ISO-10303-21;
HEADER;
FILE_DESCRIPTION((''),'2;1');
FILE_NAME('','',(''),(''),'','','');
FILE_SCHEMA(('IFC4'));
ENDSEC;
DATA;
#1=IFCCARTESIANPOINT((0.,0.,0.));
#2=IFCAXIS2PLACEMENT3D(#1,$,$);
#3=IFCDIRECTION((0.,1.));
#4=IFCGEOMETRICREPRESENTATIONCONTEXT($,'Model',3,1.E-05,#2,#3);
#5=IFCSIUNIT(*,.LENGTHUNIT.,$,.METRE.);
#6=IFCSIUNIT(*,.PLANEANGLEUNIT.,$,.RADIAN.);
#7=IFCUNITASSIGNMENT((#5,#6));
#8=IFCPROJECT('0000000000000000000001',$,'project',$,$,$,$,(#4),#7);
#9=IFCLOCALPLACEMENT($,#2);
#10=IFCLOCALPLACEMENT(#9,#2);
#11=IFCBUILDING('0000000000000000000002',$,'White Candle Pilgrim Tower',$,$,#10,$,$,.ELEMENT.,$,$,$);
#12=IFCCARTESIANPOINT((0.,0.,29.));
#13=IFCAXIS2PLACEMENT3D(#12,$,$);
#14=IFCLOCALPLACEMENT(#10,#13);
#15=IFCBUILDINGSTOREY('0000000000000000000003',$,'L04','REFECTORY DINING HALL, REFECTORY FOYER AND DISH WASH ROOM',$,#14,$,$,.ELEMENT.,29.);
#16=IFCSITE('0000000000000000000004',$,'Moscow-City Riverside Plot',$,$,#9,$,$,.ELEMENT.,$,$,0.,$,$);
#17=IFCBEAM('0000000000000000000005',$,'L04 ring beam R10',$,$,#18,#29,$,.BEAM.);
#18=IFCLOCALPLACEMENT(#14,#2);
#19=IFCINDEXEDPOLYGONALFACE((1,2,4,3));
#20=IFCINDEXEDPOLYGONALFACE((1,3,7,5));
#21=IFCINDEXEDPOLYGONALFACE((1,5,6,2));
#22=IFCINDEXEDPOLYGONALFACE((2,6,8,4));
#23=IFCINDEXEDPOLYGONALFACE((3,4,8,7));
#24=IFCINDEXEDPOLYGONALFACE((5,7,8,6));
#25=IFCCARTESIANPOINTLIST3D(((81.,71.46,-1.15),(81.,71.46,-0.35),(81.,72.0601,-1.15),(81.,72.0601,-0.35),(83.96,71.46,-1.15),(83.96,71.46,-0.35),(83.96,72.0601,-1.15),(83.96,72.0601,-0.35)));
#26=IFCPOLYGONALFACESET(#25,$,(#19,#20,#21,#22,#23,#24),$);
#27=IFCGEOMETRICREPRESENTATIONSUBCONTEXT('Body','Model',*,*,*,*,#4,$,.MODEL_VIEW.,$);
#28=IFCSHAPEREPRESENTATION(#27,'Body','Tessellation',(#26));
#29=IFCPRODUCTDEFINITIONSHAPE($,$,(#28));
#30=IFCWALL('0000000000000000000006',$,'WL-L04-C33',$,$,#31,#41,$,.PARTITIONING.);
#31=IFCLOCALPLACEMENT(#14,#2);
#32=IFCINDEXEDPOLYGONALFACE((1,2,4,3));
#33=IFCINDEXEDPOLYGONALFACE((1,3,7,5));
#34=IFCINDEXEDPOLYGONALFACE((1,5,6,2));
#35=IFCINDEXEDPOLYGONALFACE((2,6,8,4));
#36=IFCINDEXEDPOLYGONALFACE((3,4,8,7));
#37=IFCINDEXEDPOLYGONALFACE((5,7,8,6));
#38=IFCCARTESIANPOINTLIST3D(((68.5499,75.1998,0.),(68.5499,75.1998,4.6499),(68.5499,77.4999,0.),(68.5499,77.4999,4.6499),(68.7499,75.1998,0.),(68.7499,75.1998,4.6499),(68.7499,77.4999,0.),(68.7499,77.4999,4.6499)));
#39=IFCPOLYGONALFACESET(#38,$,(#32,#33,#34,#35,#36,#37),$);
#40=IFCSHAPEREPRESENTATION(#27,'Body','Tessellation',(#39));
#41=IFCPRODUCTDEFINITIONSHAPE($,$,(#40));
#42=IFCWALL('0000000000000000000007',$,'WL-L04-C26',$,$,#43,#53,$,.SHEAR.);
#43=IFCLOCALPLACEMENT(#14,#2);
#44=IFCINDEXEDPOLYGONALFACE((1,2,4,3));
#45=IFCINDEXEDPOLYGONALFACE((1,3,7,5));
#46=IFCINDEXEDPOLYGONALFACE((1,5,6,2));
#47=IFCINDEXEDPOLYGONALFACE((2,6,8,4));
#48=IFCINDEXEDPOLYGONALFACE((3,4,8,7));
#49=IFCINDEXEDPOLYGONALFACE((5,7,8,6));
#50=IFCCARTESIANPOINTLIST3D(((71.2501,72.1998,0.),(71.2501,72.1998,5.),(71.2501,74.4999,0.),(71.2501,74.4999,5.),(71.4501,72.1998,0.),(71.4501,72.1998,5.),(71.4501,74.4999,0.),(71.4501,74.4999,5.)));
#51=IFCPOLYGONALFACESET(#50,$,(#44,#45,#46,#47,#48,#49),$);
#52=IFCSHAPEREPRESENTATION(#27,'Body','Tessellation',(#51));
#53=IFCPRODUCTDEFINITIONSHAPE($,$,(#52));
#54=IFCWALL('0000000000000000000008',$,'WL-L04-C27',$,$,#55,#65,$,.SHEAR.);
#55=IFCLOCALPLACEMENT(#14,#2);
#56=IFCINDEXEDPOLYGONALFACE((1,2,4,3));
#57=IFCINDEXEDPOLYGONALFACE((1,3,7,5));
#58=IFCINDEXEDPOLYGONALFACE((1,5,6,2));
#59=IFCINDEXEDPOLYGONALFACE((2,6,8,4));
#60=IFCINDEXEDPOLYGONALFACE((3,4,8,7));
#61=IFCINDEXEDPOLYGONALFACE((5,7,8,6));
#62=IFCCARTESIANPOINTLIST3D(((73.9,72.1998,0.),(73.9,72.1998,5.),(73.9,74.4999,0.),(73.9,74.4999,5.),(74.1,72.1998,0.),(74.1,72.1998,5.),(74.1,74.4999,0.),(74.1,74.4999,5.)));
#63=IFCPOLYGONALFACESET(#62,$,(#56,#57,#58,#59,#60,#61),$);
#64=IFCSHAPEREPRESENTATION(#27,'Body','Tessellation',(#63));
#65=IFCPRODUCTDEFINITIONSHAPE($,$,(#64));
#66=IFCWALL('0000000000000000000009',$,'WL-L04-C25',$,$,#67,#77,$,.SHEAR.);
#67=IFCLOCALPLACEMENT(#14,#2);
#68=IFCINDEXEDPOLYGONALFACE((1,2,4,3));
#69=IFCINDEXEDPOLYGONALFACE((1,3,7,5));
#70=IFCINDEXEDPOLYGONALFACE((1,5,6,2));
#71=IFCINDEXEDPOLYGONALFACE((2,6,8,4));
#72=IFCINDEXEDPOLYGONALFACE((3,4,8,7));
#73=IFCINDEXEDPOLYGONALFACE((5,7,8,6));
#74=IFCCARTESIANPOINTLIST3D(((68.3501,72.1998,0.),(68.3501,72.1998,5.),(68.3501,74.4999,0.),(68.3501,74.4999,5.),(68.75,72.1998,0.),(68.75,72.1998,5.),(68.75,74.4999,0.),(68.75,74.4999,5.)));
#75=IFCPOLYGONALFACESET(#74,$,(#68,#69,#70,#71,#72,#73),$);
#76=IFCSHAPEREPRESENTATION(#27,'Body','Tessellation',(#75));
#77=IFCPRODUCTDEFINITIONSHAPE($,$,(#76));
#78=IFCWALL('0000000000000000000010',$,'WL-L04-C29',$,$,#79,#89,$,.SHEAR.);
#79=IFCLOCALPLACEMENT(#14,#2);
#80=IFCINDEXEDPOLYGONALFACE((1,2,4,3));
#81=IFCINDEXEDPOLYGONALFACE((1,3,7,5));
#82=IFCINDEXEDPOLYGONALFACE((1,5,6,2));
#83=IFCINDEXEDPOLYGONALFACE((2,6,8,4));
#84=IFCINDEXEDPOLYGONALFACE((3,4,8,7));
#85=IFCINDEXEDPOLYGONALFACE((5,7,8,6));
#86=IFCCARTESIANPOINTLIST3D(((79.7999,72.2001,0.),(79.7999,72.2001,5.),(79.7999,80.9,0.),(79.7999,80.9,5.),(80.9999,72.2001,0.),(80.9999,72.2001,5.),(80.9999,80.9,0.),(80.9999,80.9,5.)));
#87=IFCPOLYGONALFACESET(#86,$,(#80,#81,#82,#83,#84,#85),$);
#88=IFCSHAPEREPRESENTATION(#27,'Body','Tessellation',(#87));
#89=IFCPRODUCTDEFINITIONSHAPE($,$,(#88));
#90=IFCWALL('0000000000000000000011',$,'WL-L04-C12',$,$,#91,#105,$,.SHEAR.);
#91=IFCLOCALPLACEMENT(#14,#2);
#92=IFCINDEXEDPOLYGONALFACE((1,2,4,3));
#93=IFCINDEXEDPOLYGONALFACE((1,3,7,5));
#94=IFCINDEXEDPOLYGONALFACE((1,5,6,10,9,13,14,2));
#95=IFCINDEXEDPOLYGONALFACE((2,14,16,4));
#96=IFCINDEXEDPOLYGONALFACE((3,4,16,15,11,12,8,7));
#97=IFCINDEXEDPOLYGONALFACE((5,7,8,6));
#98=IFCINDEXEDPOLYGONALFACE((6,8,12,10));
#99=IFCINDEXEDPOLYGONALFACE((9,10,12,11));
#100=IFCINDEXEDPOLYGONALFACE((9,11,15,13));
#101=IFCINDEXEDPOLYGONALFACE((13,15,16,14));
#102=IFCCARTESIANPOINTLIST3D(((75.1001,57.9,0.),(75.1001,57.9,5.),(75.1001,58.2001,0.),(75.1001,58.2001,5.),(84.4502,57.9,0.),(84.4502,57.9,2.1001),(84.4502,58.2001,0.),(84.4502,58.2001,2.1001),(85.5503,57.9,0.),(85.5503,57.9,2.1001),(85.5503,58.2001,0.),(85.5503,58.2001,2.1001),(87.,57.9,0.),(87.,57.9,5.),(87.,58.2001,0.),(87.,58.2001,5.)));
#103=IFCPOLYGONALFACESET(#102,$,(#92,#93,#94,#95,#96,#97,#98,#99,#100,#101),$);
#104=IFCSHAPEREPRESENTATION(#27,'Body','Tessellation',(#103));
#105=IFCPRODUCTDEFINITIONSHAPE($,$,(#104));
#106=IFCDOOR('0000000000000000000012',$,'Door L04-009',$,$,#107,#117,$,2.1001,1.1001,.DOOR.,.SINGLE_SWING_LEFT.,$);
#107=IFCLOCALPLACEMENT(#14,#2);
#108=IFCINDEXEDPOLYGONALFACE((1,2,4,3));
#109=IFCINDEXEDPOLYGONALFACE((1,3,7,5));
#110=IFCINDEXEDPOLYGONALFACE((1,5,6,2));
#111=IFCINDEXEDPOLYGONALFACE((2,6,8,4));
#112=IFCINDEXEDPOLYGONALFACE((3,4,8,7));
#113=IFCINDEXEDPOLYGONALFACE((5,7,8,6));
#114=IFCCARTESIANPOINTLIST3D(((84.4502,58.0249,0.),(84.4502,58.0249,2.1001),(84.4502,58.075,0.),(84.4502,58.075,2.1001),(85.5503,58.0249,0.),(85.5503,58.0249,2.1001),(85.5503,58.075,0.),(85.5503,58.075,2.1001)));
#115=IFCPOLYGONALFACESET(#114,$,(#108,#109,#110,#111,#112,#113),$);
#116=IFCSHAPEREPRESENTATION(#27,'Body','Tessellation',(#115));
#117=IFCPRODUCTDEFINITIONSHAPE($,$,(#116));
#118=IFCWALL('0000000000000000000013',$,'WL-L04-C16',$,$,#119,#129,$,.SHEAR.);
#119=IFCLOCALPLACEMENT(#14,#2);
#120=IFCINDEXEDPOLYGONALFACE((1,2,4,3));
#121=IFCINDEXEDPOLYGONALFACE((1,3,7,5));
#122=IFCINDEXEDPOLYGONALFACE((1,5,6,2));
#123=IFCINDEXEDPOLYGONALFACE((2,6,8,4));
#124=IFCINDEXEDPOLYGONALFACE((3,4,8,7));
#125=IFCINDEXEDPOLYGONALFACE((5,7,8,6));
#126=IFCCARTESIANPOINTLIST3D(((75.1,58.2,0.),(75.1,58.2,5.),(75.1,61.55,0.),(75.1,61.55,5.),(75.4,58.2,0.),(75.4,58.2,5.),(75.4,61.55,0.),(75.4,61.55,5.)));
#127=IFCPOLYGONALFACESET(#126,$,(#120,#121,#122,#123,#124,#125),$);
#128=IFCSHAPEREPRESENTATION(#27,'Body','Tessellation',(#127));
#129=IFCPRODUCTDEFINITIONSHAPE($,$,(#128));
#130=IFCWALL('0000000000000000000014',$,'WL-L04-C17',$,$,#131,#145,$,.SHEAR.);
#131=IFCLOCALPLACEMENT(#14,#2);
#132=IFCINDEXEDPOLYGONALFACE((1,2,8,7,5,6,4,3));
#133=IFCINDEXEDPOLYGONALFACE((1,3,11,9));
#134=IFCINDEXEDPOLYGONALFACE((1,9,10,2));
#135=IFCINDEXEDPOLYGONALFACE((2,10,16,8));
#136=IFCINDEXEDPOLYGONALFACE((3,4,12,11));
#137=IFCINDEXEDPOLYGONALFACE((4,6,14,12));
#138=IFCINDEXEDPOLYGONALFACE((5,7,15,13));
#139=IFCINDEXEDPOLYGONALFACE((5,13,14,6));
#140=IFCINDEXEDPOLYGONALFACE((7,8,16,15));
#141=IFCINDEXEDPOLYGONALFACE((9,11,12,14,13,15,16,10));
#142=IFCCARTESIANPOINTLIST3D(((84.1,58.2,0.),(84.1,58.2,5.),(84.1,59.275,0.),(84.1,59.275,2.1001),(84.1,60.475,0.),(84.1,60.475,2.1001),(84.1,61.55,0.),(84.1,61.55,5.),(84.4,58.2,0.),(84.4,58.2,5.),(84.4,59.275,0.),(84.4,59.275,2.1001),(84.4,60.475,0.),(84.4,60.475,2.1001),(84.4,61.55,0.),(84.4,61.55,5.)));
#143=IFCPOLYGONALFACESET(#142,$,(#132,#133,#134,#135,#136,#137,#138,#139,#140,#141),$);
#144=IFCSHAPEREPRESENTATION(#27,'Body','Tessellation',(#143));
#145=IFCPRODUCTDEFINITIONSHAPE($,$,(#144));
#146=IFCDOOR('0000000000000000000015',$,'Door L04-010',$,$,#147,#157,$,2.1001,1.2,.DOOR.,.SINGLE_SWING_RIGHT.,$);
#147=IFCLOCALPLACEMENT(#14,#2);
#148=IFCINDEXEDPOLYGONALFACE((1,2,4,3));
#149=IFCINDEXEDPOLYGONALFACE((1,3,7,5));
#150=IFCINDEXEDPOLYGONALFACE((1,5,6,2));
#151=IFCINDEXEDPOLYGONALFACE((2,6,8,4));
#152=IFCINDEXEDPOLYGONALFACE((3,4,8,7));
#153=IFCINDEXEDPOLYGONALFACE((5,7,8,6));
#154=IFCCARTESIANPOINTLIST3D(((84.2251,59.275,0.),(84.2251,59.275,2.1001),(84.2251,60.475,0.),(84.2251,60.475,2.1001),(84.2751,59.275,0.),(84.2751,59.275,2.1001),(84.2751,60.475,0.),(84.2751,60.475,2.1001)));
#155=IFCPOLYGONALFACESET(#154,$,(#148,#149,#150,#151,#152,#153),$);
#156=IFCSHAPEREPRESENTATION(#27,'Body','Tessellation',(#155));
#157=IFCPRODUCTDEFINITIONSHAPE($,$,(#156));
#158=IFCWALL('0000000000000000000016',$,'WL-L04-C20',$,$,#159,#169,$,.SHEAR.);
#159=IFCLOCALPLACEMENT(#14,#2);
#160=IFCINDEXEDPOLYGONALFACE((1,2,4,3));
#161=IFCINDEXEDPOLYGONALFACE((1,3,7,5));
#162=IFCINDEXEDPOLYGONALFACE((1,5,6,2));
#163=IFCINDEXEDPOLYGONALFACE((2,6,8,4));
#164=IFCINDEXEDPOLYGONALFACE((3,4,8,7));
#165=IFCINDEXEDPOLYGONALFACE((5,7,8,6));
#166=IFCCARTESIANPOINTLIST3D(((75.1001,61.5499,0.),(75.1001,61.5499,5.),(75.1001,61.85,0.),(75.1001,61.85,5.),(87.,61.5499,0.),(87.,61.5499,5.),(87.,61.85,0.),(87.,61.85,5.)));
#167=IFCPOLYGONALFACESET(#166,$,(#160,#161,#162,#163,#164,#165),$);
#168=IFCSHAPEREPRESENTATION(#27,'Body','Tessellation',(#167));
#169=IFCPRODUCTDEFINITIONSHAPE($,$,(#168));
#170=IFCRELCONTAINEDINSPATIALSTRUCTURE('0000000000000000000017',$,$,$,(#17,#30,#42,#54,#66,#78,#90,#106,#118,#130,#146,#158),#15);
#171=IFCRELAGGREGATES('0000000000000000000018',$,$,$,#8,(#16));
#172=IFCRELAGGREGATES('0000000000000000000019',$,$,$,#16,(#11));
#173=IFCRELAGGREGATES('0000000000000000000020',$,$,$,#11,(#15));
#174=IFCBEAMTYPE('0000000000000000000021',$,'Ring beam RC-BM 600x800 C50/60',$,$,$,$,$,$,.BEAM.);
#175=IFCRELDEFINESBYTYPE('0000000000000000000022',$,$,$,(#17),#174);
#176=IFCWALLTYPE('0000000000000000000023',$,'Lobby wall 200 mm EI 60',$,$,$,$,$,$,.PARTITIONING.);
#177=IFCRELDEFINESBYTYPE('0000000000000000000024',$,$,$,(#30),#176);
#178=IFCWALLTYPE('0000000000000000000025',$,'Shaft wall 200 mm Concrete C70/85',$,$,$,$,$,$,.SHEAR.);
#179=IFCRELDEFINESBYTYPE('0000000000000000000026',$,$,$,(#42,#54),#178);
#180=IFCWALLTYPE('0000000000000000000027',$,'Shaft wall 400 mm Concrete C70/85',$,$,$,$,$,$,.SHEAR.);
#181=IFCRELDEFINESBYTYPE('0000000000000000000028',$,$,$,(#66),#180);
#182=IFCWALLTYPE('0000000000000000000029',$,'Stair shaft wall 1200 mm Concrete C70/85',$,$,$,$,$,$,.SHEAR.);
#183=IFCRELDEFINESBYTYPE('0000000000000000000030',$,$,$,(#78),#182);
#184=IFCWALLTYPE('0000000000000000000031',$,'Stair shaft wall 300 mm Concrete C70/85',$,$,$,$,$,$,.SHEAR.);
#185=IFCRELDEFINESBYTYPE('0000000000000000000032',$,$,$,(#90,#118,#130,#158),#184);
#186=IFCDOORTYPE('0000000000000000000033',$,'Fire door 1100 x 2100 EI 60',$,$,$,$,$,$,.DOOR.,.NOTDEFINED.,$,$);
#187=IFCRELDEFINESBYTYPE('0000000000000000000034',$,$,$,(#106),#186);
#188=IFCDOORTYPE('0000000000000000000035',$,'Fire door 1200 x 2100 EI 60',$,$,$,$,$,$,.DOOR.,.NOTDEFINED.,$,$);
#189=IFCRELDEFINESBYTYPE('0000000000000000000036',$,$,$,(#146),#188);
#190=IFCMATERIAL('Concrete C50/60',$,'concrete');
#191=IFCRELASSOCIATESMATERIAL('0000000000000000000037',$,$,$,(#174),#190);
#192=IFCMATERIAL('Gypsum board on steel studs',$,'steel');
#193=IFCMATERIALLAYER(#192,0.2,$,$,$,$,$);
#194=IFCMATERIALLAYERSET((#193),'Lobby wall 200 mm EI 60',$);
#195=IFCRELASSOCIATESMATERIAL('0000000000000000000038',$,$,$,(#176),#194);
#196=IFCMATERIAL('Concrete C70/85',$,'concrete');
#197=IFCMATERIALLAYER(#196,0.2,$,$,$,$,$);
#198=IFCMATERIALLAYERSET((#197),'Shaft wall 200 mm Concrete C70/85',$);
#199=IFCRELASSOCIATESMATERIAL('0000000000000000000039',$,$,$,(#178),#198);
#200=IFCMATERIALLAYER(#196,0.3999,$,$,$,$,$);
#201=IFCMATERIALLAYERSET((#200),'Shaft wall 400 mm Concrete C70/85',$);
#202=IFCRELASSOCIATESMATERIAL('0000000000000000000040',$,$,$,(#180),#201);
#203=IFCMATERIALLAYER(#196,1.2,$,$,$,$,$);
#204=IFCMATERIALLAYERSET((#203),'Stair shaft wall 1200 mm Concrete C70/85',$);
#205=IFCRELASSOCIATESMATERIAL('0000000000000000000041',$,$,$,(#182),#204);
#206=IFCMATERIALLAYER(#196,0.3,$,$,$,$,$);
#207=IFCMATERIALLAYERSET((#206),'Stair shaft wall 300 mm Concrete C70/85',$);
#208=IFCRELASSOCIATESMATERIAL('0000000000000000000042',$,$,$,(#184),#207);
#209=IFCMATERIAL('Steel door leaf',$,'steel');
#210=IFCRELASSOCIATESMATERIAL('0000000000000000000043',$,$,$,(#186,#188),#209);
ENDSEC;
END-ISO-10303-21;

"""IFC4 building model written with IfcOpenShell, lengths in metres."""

from ifc_helpers import new_model, si_unit, direction, frame, frame_2d, origin, origin_2d, place, context, subcontext, project, spatial, rectangle, extrude, material, layer, layer_set, material_profile, profile_set, type_object, element, fill, save


model = new_model("IFC4")

# Units and contexts
model_context = context("Model", 3, precision=1e-05, world=origin(), true_north=direction((0.0, 1.0)))
body_context = subcontext(model_context, "Body", "Model", "MODEL_VIEW")
ifc_project = project(units=[si_unit("LENGTHUNIT", "METRE"), si_unit("PLANEANGLEUNIT", "RADIAN")], contexts=[model_context])

# Site, building, storey
site_placement = place(None, origin())
site = spatial("IfcSite", under=ifc_project, at=site_placement, Name="Moscow-City Riverside Plot", CompositionType="ELEMENT", RefElevation=0.0)
building_placement = place(site_placement, origin())
building = spatial("IfcBuilding", under=site, at=building_placement, Name="White Candle Pilgrim Tower", CompositionType="ELEMENT")
storey_placement = place(building_placement, frame((0.0, 0.0, 29.0)))
storey = spatial("IfcBuildingStorey", under=building, at=storey_placement, Name="L04", Description="REFECTORY DINING HALL, REFECTORY FOYER AND DISH WASH ROOM", CompositionType="ELEMENT", Elevation=29.0)

# Beam
ifc_material_1 = material(Name="Concrete C50/60", Category="concrete")
ifc_material_profile_1 = material_profile(ifc_material_1, rectangle(XDim=0.6001, YDim=0.8, at=origin_2d()), Name="RC-BM 600x800")
ifc_profile_set_1 = profile_set([ifc_material_profile_1], Name="Concrete C50/60")
beam_type = type_object("IfcBeamType", Name="Ring beam RC-BM 600x800 C50/60", PredefinedType="BEAM", material=ifc_profile_set_1)
beam_placement = place(storey_placement, frame((83.96, 71.76, -0.75), z_axis=(-1.0, 0.0, 0.0), x_axis=(0.0, -1.0, 0.0)))
element("IfcBeam", 1, at=beam_placement, inside=storey, type_object=beam_type, Name="L04 ring beam R10", PredefinedType="BEAM", context=body_context, shape_type="SweptSolid", body=[
    extrude(rectangle(XDim=0.6001, YDim=0.8, at=origin_2d()), origin(), (0.0, 0.0, 1.0), 2.96),
])

# Walls
ifc_material_2 = material(Name="Gypsum board on steel studs", Category="steel")
ifc_layer_1 = layer(ifc_material_2, 0.2)
ifc_layer_set_1 = layer_set([ifc_layer_1], Name="Lobby wall 200 mm EI 60")
wall_type_1 = type_object("IfcWallType", Name="Lobby wall 200 mm EI 60", PredefinedType="PARTITIONING", material=ifc_layer_set_1)
wall_1_placement = place(storey_placement, frame((68.6499, 75.2, 0.0), z_axis=(0.0, 0.0, 1.0), x_axis=(0.0, 1.0, 0.0)))
element("IfcWall", 2, at=wall_1_placement, inside=storey, type_object=wall_type_1, Name="WL-L04-C33", PredefinedType="PARTITIONING", context=body_context, shape_type="SweptSolid", body=[
    extrude(rectangle(XDim=2.3, YDim=0.2, at=frame_2d((1.1499, 0.0))), origin(), (0.0, 0.0, 1.0), 4.6499),
])
ifc_material_3 = material(Name="Concrete C70/85", Category="concrete")
ifc_layer_2 = layer(ifc_material_3, 0.2)
ifc_layer_set_2 = layer_set([ifc_layer_2], Name="Shaft wall 200 mm Concrete C70/85")
wall_type_2 = type_object("IfcWallType", Name="Shaft wall 200 mm Concrete C70/85", PredefinedType="SHEAR", material=ifc_layer_set_2)
for number, where, z_axis, x_axis, name in (
    (3, (71.3501, 72.2, 0.0), (0.0, 0.0, 1.0), (0.0, 1.0, 0.0), "WL-L04-C26"),
    (4, (74.0, 72.2, 0.0), (0.0, 0.0, 1.0), (0.0, 1.0, 0.0), "WL-L04-C27"),
):
    element("IfcWall", number, at=place(storey_placement, frame(where, z_axis=z_axis, x_axis=x_axis)), inside=storey, type_object=wall_type_2, Name=name, PredefinedType="SHEAR", context=body_context, shape_type="SweptSolid", body=[
        extrude(rectangle(XDim=2.3, YDim=0.2, at=frame_2d((1.1499, 0.0))), origin(), (0.0, 0.0, 1.0), 5.0),
    ])
ifc_layer_3 = layer(ifc_material_3, 0.3999)
ifc_layer_set_3 = layer_set([ifc_layer_3], Name="Shaft wall 400 mm Concrete C70/85")
wall_type_3 = type_object("IfcWallType", Name="Shaft wall 400 mm Concrete C70/85", PredefinedType="SHEAR", material=ifc_layer_set_3)
wall_2_placement = place(storey_placement, frame((68.55, 72.2, 0.0), z_axis=(0.0, 0.0, 1.0), x_axis=(0.0, 1.0, 0.0)))
element("IfcWall", 5, at=wall_2_placement, inside=storey, type_object=wall_type_3, Name="WL-L04-C25", PredefinedType="SHEAR", context=body_context, shape_type="SweptSolid", body=[
    extrude(rectangle(XDim=2.3, YDim=0.3999, at=frame_2d((1.1499, 0.0))), origin(), (0.0, 0.0, 1.0), 5.0),
])
ifc_layer_4 = layer(ifc_material_3, 1.2)
ifc_layer_set_4 = layer_set([ifc_layer_4], Name="Stair shaft wall 1200 mm Concrete C70/85")
wall_type_4 = type_object("IfcWallType", Name="Stair shaft wall 1200 mm Concrete C70/85", PredefinedType="SHEAR", material=ifc_layer_set_4)
wall_3_placement = place(storey_placement, frame((80.3999, 72.2, 0.0), z_axis=(0.0, 0.0, 1.0), x_axis=(0.0, 1.0, 0.0)))
element("IfcWall", 6, at=wall_3_placement, inside=storey, type_object=wall_type_4, Name="WL-L04-C29", PredefinedType="SHEAR", context=body_context, shape_type="SweptSolid", body=[
    extrude(rectangle(XDim=8.7, YDim=1.2, at=frame_2d((4.3501, 0.0))), origin(), (0.0, 0.0, 1.0), 5.0),
])

# Wall, opening, door
ifc_layer_5 = layer(ifc_material_3, 0.3)
ifc_layer_set_5 = layer_set([ifc_layer_5], Name="Stair shaft wall 300 mm Concrete C70/85")
wall_type_5 = type_object("IfcWallType", Name="Stair shaft wall 300 mm Concrete C70/85", PredefinedType="SHEAR", material=ifc_layer_set_5)
wall_4_placement = place(storey_placement, frame((75.1001, 58.05, 0.0), z_axis=(0.0, 0.0, 1.0), x_axis=(1.0, 0.0, 0.0)))
wall_4 = element("IfcWall", 7, at=wall_4_placement, inside=storey, type_object=wall_type_5, Name="WL-L04-C12", PredefinedType="SHEAR", context=body_context, shape_type="SweptSolid", body=[
    extrude(rectangle(XDim=11.8999, YDim=0.3, at=frame_2d((5.95, 0.0))), origin(), (0.0, 0.0, 1.0), 5.0),
])
opening_1_placement = place(wall_4_placement, frame((9.3501, 0.0, 0.0)))
opening_1 = element("IfcOpeningElement", 8, at=opening_1_placement, cuts=wall_4, PredefinedType="OPENING", context=body_context, shape_type="SweptSolid", body=[
    extrude(rectangle(XDim=1.1001, YDim=2.1001, at=frame_2d((0.55, 1.05))), frame((0.0, 0.1599, 0.0), z_axis=(0.0, -1.0, 0.0), x_axis=(1.0, 0.0, 0.0)), (0.0, 0.0, 1.0), 0.3201),
])
ifc_material_4 = material(Name="Steel door leaf", Category="steel")
door_type_1 = type_object("IfcDoorType", Name="Fire door 1100 x 2100 EI 60", OperationType="NOTDEFINED", PredefinedType="DOOR", material=ifc_material_4)
door_1_placement = place(opening_1_placement, origin())
door_1 = element("IfcDoor", 9, at=door_1_placement, inside=storey, type_object=door_type_1, Name="Door L04-009", OperationType="SINGLE_SWING_LEFT", OverallHeight=2.1001, OverallWidth=1.1001, PredefinedType="DOOR", context=body_context, shape_type="SweptSolid", body=[
    extrude(rectangle(XDim=1.1001, YDim=2.1001, at=frame_2d((0.55, 1.05))), frame((0.0, 0.0249, 0.0), z_axis=(0.0, -1.0, 0.0), x_axis=(1.0, 0.0, 0.0)), (0.0, 0.0, 1.0), 0.05),
])
fill(opening_1, door_1)

# Wall
wall_5_placement = place(storey_placement, frame((75.25, 58.2, 0.0), z_axis=(0.0, 0.0, 1.0), x_axis=(0.0, 1.0, 0.0)))
element("IfcWall", 10, at=wall_5_placement, inside=storey, type_object=wall_type_5, Name="WL-L04-C16", PredefinedType="SHEAR", context=body_context, shape_type="SweptSolid", body=[
    extrude(rectangle(XDim=3.3501, YDim=0.3, at=frame_2d((1.675, 0.0))), origin(), (0.0, 0.0, 1.0), 5.0),
])

# Wall, opening, door
wall_6_placement = place(storey_placement, frame((84.25, 58.2, 0.0), z_axis=(0.0, 0.0, 1.0), x_axis=(0.0, 1.0, 0.0)))
wall_6 = element("IfcWall", 11, at=wall_6_placement, inside=storey, type_object=wall_type_5, Name="WL-L04-C17", PredefinedType="SHEAR", context=body_context, shape_type="SweptSolid", body=[
    extrude(rectangle(XDim=3.3501, YDim=0.3, at=frame_2d((1.675, 0.0))), origin(), (0.0, 0.0, 1.0), 5.0),
])
opening_2_placement = place(wall_6_placement, frame((1.075, 0.0, 0.0)))
opening_2 = element("IfcOpeningElement", 12, at=opening_2_placement, cuts=wall_6, PredefinedType="OPENING", context=body_context, shape_type="SweptSolid", body=[
    extrude(rectangle(XDim=1.2, YDim=2.1001, at=frame_2d((0.6001, 1.05))), frame((0.0, 0.1599, 0.0), z_axis=(0.0, -1.0, 0.0), x_axis=(1.0, 0.0, 0.0)), (0.0, 0.0, 1.0), 0.3201),
])
door_type_2 = type_object("IfcDoorType", Name="Fire door 1200 x 2100 EI 60", OperationType="NOTDEFINED", PredefinedType="DOOR", material=ifc_material_4)
door_2_placement = place(opening_2_placement, origin())
door_2 = element("IfcDoor", 13, at=door_2_placement, inside=storey, type_object=door_type_2, Name="Door L04-010", OperationType="SINGLE_SWING_RIGHT", OverallHeight=2.1001, OverallWidth=1.2, PredefinedType="DOOR", context=body_context, shape_type="SweptSolid", body=[
    extrude(rectangle(XDim=1.2, YDim=2.1001, at=frame_2d((0.6001, 1.05))), frame((0.0, 0.0249, 0.0), z_axis=(0.0, -1.0, 0.0), x_axis=(1.0, 0.0, 0.0)), (0.0, 0.0, 1.0), 0.05),
])
fill(opening_2, door_2)

# Wall
wall_7_placement = place(storey_placement, frame((75.1001, 61.7, 0.0), z_axis=(0.0, 0.0, 1.0), x_axis=(1.0, 0.0, 0.0)))
element("IfcWall", 14, at=wall_7_placement, inside=storey, type_object=wall_type_5, Name="WL-L04-C20", PredefinedType="SHEAR", context=body_context, shape_type="SweptSolid", body=[
    extrude(rectangle(XDim=11.8999, YDim=0.3, at=frame_2d((5.95, 0.0))), origin(), (0.0, 0.0, 1.0), 5.0),
])

save(model, "model.ifc")
